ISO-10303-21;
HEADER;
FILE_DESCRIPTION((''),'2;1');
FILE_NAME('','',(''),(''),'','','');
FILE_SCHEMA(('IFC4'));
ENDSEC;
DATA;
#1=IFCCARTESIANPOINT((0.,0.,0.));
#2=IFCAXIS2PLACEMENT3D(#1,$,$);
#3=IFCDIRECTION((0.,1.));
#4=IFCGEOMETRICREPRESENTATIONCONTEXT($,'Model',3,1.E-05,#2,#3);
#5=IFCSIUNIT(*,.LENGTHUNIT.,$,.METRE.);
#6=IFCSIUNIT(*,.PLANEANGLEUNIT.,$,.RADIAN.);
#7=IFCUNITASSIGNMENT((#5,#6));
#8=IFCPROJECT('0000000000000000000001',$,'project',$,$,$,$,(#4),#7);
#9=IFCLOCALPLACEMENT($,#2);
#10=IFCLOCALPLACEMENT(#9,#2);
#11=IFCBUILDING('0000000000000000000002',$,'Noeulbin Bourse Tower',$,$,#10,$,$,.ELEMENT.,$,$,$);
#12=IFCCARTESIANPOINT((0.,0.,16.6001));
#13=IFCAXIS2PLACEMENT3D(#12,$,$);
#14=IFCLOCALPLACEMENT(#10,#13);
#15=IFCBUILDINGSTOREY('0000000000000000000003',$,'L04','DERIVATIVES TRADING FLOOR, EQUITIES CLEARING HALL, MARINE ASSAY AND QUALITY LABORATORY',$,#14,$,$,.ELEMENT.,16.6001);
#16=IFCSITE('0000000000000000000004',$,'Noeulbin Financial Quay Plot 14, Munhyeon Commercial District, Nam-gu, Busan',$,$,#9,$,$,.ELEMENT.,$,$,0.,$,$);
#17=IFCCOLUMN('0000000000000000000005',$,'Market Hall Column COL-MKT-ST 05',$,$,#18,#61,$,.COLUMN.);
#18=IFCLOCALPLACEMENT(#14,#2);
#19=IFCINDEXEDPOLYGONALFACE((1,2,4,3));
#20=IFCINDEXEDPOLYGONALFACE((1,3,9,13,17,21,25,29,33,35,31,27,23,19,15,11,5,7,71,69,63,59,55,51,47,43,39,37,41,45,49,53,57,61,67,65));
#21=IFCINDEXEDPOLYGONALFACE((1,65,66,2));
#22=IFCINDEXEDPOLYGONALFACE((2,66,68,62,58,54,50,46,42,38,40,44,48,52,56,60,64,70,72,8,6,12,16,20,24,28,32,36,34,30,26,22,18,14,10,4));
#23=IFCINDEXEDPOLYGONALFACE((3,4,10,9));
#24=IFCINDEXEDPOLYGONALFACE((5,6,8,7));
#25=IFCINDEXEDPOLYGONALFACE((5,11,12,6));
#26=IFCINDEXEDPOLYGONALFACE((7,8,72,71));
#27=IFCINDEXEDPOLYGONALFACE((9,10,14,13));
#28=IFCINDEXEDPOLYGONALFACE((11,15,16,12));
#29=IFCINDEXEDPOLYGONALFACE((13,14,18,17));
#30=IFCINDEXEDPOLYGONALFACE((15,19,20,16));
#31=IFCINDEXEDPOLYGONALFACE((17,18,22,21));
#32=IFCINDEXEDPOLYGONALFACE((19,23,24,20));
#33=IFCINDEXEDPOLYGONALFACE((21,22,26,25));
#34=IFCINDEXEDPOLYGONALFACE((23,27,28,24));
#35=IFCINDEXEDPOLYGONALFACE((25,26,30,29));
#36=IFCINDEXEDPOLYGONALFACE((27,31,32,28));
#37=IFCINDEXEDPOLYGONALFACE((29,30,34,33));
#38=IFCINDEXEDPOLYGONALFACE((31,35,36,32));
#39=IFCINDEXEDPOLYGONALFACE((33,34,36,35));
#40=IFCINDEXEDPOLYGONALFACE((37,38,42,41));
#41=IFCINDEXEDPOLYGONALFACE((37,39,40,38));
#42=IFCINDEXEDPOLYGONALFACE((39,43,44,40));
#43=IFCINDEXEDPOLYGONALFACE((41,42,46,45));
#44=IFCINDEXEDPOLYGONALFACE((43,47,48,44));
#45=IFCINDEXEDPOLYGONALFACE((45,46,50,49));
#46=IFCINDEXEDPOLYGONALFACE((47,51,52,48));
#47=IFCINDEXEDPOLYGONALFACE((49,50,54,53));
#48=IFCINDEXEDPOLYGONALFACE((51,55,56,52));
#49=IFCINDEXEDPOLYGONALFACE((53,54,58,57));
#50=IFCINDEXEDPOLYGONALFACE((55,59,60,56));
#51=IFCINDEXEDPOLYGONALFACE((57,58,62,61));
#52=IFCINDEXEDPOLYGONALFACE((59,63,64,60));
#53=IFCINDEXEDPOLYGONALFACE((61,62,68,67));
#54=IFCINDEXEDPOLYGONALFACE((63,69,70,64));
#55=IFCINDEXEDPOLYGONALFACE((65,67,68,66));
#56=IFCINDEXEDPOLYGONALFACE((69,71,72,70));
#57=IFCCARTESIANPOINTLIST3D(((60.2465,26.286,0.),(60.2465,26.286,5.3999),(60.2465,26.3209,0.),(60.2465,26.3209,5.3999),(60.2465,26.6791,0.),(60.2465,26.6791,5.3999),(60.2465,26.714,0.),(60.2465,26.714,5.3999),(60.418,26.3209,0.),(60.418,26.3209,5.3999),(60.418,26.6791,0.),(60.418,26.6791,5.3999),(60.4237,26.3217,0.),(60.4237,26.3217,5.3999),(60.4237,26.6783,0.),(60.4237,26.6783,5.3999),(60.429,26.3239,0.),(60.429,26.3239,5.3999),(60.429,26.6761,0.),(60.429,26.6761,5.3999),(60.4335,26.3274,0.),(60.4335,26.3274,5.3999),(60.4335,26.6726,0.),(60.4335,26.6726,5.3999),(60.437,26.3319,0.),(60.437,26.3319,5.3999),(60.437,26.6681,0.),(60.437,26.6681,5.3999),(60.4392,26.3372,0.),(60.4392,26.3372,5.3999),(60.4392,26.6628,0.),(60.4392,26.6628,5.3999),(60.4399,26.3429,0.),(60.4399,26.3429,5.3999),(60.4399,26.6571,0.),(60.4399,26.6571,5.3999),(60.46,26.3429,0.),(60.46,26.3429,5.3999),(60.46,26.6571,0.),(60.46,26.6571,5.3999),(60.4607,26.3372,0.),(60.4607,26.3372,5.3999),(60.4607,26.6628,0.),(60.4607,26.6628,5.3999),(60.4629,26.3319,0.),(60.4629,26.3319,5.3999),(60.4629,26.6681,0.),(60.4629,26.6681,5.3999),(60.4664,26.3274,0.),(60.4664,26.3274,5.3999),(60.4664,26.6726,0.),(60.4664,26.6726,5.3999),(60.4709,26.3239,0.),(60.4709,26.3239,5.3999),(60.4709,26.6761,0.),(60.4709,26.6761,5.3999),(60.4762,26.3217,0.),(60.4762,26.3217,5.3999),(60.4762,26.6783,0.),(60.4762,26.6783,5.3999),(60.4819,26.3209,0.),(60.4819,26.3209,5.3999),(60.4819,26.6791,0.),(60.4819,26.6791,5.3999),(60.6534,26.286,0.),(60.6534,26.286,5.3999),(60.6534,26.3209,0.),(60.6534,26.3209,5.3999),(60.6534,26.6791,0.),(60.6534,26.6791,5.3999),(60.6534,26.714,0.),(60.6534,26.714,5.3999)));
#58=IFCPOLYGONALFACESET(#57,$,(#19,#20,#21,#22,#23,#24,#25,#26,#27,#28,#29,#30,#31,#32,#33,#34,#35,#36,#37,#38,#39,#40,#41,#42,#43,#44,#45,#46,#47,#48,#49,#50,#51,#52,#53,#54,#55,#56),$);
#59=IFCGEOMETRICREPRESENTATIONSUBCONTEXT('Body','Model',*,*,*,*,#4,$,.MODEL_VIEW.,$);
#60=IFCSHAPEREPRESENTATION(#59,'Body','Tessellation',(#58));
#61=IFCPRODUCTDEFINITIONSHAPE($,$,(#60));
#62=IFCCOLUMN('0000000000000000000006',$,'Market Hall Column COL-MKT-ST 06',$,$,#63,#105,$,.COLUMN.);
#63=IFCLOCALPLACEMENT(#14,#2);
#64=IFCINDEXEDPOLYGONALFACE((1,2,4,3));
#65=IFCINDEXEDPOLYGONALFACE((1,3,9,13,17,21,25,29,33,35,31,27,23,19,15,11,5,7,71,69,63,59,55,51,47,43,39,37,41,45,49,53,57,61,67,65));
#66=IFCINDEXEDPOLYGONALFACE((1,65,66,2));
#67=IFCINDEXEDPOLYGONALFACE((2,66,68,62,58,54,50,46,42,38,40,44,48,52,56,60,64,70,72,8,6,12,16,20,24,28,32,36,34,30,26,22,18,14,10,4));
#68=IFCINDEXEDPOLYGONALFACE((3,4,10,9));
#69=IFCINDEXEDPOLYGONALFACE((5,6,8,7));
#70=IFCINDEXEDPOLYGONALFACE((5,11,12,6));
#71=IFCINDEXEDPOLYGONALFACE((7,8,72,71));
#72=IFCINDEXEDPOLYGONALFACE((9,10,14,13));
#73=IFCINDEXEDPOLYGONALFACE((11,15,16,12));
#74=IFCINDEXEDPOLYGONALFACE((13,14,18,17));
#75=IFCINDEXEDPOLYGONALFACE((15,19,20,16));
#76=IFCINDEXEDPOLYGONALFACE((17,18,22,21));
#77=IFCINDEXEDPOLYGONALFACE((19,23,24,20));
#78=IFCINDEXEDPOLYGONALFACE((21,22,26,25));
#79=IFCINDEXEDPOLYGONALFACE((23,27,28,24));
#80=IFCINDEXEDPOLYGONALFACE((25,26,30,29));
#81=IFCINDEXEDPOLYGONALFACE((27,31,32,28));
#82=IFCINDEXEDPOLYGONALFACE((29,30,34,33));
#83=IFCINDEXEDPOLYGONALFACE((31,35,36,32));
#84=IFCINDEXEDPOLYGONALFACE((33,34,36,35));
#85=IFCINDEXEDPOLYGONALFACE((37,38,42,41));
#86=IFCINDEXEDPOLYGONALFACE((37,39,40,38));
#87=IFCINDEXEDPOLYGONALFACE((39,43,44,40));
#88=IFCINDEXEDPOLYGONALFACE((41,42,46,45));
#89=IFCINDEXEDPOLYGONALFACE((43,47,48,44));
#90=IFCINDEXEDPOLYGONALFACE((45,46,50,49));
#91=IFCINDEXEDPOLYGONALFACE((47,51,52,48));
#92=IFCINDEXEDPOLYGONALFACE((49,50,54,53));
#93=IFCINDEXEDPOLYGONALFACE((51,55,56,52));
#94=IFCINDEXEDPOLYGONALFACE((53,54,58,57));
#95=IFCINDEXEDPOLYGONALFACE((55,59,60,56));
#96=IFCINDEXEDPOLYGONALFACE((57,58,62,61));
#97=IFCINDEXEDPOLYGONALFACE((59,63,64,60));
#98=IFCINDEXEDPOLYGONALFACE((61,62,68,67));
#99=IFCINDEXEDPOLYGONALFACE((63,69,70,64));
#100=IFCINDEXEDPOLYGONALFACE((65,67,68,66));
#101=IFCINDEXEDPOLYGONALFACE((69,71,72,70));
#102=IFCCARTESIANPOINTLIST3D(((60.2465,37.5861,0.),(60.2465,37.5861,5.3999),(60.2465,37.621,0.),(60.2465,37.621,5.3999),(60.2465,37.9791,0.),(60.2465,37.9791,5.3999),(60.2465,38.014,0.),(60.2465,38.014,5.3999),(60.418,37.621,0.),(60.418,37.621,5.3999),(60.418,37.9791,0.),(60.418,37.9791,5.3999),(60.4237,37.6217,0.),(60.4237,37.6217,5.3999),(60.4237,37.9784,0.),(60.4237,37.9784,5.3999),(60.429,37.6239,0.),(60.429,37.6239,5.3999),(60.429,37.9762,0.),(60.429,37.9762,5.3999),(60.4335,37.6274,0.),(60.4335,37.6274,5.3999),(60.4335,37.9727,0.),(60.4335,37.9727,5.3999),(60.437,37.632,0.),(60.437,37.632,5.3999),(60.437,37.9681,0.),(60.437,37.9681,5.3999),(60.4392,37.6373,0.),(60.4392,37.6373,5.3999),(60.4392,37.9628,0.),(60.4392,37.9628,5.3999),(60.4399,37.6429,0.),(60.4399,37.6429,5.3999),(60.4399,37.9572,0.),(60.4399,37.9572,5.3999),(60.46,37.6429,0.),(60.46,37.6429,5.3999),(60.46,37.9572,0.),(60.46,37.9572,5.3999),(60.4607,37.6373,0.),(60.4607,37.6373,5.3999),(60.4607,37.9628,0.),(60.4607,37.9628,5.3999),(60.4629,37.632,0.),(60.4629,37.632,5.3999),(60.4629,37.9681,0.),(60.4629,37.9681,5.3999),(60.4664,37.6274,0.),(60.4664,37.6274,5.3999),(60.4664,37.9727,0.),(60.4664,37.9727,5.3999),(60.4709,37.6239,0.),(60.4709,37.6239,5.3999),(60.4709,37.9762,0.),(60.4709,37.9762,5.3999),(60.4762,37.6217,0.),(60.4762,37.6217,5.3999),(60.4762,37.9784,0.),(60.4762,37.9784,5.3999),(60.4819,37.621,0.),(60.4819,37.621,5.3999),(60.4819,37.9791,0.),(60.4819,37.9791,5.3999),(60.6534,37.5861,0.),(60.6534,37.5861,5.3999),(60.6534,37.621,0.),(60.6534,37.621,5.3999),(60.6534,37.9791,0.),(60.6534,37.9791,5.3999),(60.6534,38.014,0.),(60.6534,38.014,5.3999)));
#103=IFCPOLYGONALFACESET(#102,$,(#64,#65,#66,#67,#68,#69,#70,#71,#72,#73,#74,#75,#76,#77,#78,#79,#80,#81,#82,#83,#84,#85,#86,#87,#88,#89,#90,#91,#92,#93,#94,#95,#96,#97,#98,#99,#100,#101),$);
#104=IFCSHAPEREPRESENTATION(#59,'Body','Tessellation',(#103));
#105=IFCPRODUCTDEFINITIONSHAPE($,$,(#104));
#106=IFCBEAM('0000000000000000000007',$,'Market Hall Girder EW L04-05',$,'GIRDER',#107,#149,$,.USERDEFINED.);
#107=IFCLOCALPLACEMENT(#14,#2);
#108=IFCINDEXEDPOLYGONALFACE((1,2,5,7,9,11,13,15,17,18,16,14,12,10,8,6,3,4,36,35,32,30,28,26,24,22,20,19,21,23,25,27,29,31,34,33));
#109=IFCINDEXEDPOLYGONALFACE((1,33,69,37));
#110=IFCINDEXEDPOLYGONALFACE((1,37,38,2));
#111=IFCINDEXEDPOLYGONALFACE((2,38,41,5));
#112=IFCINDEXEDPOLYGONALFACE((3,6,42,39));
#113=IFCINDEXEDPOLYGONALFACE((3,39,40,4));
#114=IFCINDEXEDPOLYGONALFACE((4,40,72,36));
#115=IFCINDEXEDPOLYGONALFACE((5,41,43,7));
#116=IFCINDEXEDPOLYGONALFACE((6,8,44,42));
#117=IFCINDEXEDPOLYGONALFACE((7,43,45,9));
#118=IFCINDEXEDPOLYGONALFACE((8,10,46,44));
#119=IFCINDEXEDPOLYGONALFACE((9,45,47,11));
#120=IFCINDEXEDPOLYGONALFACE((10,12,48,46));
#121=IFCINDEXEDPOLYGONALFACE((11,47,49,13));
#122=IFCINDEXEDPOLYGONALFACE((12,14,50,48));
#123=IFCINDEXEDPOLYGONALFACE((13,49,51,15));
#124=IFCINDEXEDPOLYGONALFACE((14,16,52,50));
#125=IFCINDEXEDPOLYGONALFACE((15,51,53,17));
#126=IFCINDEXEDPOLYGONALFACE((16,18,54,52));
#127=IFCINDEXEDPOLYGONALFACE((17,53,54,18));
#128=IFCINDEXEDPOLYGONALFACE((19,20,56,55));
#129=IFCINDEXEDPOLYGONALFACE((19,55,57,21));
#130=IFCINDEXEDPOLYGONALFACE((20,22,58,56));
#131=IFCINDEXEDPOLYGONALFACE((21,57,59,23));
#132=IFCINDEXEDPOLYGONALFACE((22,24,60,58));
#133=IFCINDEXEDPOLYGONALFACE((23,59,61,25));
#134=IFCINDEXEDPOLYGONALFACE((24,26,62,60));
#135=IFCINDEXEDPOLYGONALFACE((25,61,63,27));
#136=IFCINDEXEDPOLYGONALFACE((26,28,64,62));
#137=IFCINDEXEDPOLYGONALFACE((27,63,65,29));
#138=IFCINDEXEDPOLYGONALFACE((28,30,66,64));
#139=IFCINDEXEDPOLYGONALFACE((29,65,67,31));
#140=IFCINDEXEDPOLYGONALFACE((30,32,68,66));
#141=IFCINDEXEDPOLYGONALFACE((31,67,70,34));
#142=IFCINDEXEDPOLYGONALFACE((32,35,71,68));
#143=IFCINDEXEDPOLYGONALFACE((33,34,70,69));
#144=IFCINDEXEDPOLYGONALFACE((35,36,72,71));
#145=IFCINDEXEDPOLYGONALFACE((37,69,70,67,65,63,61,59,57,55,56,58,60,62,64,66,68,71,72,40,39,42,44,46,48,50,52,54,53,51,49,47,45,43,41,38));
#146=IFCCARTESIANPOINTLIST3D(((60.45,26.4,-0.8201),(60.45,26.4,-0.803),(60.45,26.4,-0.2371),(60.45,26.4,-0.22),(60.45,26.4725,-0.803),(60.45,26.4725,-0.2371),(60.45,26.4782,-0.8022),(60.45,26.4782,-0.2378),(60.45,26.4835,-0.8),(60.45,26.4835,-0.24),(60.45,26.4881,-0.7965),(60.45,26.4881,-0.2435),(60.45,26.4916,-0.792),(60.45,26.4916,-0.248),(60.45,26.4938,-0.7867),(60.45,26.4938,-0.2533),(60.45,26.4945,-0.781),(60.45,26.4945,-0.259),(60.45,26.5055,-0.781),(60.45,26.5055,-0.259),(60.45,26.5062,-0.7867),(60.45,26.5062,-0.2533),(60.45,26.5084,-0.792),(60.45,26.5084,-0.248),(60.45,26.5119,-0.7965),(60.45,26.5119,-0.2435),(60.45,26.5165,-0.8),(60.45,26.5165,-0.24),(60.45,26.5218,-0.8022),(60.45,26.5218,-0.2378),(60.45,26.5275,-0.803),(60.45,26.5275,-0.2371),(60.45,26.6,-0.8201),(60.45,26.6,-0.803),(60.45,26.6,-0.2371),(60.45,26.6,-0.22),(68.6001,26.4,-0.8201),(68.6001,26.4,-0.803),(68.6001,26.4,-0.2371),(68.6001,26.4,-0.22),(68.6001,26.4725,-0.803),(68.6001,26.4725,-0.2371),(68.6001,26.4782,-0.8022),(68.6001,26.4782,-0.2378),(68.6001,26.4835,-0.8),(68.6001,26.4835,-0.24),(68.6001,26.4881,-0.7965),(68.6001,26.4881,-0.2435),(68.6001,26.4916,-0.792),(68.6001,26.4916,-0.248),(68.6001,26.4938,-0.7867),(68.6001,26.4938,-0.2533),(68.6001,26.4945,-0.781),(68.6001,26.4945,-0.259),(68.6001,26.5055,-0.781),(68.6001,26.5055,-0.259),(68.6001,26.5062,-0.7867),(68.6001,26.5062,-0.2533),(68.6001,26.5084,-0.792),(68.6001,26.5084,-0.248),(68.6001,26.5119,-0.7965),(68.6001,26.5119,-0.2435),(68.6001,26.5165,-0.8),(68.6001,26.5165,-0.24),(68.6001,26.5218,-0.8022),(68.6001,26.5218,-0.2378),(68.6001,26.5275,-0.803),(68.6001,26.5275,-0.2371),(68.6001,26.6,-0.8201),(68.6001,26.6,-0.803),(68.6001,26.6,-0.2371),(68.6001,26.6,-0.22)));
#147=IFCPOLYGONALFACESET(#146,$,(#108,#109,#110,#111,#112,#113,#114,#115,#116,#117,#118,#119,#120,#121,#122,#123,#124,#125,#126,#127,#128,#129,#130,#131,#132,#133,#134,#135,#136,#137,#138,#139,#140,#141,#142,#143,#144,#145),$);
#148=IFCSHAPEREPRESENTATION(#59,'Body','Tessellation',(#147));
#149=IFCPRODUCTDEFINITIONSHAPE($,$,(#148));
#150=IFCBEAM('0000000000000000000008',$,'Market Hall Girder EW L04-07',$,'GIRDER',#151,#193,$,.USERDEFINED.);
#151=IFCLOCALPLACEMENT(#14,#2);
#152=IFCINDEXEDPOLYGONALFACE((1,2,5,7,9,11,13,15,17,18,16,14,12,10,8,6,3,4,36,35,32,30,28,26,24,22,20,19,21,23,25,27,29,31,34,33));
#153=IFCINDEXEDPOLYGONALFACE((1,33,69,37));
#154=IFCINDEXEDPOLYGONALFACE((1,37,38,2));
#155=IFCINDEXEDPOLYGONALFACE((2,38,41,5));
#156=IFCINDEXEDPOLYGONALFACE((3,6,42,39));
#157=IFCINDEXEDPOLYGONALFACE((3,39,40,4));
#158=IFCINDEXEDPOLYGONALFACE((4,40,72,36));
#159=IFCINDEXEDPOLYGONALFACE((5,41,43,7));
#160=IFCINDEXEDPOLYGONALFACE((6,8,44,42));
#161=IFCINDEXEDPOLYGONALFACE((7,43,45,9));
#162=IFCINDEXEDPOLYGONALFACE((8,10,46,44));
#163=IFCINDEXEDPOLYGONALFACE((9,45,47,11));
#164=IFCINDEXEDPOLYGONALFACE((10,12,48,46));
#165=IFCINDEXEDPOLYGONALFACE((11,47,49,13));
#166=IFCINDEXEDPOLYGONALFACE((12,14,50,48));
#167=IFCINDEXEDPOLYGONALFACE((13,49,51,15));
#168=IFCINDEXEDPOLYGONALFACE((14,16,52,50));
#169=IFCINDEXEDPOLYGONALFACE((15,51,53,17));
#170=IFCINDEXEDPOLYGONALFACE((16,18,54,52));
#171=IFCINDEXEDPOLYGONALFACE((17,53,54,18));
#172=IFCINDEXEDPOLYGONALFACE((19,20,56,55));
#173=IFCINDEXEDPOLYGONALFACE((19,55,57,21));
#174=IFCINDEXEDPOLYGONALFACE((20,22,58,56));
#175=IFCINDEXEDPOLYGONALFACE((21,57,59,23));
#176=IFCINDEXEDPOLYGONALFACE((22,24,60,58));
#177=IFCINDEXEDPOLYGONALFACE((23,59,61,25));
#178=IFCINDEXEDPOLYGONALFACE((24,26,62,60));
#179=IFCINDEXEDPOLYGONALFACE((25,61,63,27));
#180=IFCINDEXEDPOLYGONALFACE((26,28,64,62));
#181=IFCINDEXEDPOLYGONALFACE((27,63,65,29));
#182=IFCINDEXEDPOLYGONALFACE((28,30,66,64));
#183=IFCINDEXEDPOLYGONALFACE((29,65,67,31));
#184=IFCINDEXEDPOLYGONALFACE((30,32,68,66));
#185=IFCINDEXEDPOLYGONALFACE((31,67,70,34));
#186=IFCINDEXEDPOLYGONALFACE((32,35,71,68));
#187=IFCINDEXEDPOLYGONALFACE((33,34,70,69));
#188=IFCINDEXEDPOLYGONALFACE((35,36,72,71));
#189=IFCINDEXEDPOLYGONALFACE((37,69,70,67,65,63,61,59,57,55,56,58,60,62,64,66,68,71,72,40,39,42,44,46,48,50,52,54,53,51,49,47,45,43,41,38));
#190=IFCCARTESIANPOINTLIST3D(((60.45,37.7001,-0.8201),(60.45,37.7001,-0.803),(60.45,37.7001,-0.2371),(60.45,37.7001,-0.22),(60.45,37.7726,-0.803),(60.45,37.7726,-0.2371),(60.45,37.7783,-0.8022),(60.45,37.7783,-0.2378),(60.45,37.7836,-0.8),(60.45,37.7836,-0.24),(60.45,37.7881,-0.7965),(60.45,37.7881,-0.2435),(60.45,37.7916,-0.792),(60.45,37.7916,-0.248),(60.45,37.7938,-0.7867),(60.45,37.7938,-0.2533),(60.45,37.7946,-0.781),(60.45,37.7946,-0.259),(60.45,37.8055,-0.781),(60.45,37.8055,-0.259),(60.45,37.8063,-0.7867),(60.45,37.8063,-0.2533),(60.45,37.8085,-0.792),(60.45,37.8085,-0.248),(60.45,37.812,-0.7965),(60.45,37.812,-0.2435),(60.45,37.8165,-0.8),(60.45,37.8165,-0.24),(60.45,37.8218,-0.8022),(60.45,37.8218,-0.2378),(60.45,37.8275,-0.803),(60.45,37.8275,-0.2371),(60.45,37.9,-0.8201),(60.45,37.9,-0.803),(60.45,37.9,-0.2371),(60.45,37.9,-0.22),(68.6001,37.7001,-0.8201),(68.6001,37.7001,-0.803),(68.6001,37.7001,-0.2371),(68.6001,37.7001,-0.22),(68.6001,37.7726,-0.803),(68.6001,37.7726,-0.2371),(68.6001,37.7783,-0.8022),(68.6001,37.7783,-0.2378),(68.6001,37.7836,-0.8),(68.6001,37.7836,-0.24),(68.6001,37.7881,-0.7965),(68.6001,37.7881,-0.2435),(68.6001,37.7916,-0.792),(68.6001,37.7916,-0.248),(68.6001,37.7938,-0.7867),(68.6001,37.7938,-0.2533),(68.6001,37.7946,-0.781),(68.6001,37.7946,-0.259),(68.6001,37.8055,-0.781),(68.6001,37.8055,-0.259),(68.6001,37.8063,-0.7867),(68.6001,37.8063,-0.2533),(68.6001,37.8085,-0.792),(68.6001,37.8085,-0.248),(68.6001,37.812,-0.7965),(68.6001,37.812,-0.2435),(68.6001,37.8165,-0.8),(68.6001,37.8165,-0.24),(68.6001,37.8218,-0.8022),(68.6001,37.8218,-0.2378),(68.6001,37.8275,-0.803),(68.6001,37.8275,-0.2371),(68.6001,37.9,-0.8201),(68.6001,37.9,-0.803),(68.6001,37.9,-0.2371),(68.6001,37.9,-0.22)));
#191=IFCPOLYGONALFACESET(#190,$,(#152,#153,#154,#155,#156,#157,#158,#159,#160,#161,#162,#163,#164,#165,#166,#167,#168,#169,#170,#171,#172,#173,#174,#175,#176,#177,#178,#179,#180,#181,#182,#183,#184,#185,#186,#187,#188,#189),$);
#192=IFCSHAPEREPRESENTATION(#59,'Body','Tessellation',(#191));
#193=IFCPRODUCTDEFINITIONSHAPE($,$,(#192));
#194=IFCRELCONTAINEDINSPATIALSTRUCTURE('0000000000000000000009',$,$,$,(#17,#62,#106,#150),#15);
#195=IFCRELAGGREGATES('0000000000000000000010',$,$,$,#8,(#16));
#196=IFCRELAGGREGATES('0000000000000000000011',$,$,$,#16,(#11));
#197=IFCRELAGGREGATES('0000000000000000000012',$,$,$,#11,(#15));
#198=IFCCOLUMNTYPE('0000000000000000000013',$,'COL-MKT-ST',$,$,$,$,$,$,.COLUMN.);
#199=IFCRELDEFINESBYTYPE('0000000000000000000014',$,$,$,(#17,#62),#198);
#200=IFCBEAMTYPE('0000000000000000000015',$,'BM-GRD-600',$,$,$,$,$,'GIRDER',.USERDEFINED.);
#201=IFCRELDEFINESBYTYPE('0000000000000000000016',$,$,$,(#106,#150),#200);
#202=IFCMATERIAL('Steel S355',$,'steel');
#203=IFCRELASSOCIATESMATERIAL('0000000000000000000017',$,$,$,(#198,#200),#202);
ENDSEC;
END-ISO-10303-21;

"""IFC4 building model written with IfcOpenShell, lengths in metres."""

from ifc_helpers import new_model, si_unit, direction, frame, origin, origin_2d, place, context, subcontext, project, spatial, i_section, extrude, material, material_profile, profile_set, type_object, element, save


model = new_model("IFC4")

# Units and contexts
model_context = context("Model", 3, precision=1e-05, world=origin(), true_north=direction((0.0, 1.0)))
body_context = subcontext(model_context, "Body", "Model", "MODEL_VIEW")
ifc_project = project(units=[si_unit("LENGTHUNIT", "METRE"), si_unit("PLANEANGLEUNIT", "RADIAN")], contexts=[model_context])

# Site, building, storey
site_placement = place(None, origin())
site = spatial("IfcSite", under=ifc_project, at=site_placement, Name="Noeulbin Financial Quay Plot 14, Munhyeon Commercial District, Nam-gu, Busan", CompositionType="ELEMENT", RefElevation=0.0)
building_placement = place(site_placement, origin())
building = spatial("IfcBuilding", under=site, at=building_placement, Name="Noeulbin Bourse Tower", CompositionType="ELEMENT")
storey_placement = place(building_placement, frame((0.0, 0.0, 16.6001)))
storey = spatial("IfcBuildingStorey", under=building, at=storey_placement, Name="L04", Description="DERIVATIVES TRADING FLOOR, EQUITIES CLEARING HALL, MARINE ASSAY AND QUALITY LABORATORY", CompositionType="ELEMENT", Elevation=16.6001)

# Columns
ifc_material_1 = material(Name="Steel S355", Category="steel")
ifc_material_profile_1 = material_profile(ifc_material_1, i_section(OverallWidth=0.407, OverallDepth=0.428, WebThickness=0.02, FlangeThickness=0.0349, FilletRadius=0.022, at=origin_2d()), Name="H-428x407x20x35", Category="LoadBearing")
ifc_profile_set_1 = profile_set([ifc_material_profile_1], Name="Steel S355")
column_type = type_object("IfcColumnType", Name="COL-MKT-ST", PredefinedType="COLUMN", material=ifc_profile_set_1)
for number, where, z_axis, x_axis, name in (
    (1, (60.45, 26.5, 0.0), (0.0, 0.0, 1.0), (1.0, 0.0, 0.0), "Market Hall Column COL-MKT-ST 05"),
    (2, (60.45, 37.8, 0.0), (0.0, 0.0, 1.0), (1.0, 0.0, 0.0), "Market Hall Column COL-MKT-ST 06"),
):
    element("IfcColumn", number, at=place(storey_placement, frame(where, z_axis=z_axis, x_axis=x_axis)), inside=storey, type_object=column_type, Name=name, PredefinedType="COLUMN", context=body_context, shape_type="SweptSolid", body=[
        extrude(i_section(OverallWidth=0.407, OverallDepth=0.428, WebThickness=0.02, FlangeThickness=0.0349, FilletRadius=0.022, at=origin_2d()), origin(), (0.0, 0.0, 1.0), 5.3999),
    ])

# Beams
ifc_material_profile_2 = material_profile(ifc_material_1, i_section(OverallWidth=0.2, OverallDepth=0.6001, WebThickness=0.011, FlangeThickness=0.0171, FilletRadius=0.022, at=origin_2d()), Name="H-600x200x11x17", Category="LoadBearing")
ifc_profile_set_2 = profile_set([ifc_material_profile_2], Name="Steel S355")
beam_type_1 = type_object("IfcBeamType", Name="BM-GRD-600", ElementType="GIRDER", PredefinedType="USERDEFINED", material=ifc_profile_set_2)
for number, where, z_axis, x_axis, name in (
    (3, (60.45, 26.5, -0.52), (1.0, 0.0, 0.0), (0.0, 1.0, 0.0), "Market Hall Girder EW L04-05"),
    (4, (60.45, 37.8, -0.52), (1.0, 0.0, 0.0), (0.0, 1.0, 0.0), "Market Hall Girder EW L04-07"),
):
    element("IfcBeam", number, at=place(storey_placement, frame(where, z_axis=z_axis, x_axis=x_axis)), inside=storey, type_object=beam_type_1, Name=name, ObjectType="GIRDER", PredefinedType="USERDEFINED", context=body_context, shape_type="SweptSolid", body=[
        extrude(i_section(OverallWidth=0.2, OverallDepth=0.6001, WebThickness=0.011, FlangeThickness=0.0171, FilletRadius=0.022, at=origin_2d()), origin(), (0.0, 0.0, 1.0), 8.1501),
    ])

save(model, "model.ifc")
